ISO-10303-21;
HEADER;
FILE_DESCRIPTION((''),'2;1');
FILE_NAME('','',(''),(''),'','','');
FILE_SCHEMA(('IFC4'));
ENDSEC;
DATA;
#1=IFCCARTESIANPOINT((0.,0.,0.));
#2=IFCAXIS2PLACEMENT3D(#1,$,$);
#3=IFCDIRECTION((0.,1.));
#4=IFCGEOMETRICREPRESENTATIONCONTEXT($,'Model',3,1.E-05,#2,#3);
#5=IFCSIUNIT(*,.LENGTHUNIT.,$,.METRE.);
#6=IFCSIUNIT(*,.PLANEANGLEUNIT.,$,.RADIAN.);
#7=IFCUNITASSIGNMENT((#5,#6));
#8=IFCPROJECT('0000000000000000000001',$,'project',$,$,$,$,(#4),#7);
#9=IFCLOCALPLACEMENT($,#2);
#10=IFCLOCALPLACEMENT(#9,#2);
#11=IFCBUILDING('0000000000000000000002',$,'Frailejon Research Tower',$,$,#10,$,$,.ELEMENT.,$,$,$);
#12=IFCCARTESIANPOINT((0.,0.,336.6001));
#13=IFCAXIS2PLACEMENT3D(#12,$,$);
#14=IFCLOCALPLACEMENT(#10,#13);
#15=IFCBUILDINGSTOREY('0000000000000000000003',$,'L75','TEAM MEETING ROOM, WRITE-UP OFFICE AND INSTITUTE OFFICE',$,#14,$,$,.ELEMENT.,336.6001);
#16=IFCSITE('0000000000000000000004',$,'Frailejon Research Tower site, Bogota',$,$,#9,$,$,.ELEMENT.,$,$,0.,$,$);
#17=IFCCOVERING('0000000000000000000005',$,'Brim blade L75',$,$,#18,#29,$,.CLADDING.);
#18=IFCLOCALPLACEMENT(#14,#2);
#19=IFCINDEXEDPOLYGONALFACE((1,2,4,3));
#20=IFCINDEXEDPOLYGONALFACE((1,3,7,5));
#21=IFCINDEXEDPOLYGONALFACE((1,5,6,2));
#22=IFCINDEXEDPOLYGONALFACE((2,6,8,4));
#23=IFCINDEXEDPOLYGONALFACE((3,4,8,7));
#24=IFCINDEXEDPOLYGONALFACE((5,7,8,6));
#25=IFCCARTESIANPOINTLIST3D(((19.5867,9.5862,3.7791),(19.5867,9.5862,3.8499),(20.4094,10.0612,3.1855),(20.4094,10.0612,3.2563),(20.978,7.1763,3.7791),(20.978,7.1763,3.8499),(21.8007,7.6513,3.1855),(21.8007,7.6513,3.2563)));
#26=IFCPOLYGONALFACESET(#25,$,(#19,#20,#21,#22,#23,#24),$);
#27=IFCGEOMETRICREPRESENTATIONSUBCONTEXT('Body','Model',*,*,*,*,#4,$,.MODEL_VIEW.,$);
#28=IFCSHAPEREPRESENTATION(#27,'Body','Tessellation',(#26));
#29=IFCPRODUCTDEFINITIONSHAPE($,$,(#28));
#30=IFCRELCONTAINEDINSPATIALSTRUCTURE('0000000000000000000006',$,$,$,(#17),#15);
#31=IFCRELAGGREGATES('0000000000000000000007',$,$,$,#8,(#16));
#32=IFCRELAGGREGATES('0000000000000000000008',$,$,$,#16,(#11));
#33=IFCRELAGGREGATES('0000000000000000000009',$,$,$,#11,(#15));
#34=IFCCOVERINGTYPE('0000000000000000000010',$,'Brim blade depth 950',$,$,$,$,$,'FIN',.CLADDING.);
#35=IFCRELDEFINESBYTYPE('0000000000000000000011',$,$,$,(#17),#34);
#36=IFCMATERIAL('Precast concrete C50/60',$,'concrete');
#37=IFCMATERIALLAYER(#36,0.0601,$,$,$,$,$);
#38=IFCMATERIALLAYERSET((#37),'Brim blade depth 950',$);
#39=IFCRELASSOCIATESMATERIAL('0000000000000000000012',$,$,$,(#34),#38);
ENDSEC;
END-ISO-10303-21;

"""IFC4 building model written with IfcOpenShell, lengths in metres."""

from ifc_helpers import new_model, si_unit, direction, frame, origin, place, context, subcontext, project, spatial, polyline, outline, extrude, material, layer, layer_set, type_object, element, save


model = new_model("IFC4")

# Units and contexts
model_context = context("Model", 3, precision=1e-05, world=origin(), true_north=direction((0.0, 1.0)))
body_context = subcontext(model_context, "Body", "Model", "MODEL_VIEW")
ifc_project = project(units=[si_unit("LENGTHUNIT", "METRE"), si_unit("PLANEANGLEUNIT", "RADIAN")], contexts=[model_context])

# Site, building, storey
site_placement = place(None, origin())
site = spatial("IfcSite", under=ifc_project, at=site_placement, Name="Frailejon Research Tower site, Bogota", CompositionType="ELEMENT", RefElevation=0.0)
building_placement = place(site_placement, origin())
building = spatial("IfcBuilding", under=site, at=building_placement, Name="Frailejon Research Tower", CompositionType="ELEMENT")
storey_placement = place(building_placement, frame((0.0, 0.0, 336.6001)))
storey = spatial("IfcBuildingStorey", under=building, at=storey_placement, Name="L75", Description="TEAM MEETING ROOM, WRITE-UP OFFICE AND INSTITUTE OFFICE", CompositionType="ELEMENT", Elevation=336.6001)

# Covering
ifc_material_1 = material(Name="Precast concrete C50/60", Category="concrete")
ifc_layer_1 = layer(ifc_material_1, 0.0601)
ifc_layer_set_1 = layer_set([ifc_layer_1], Name="Brim blade depth 950")
covering_type_1 = type_object("IfcCoveringType", Name="Brim blade depth 950", ElementType="FIN", PredefinedType="CLADDING", material=ifc_layer_set_1)
covering_1_placement = place(storey_placement, frame((19.5867, 9.5862, 3.8499), z_axis=(0.500001, -0.866025, 0.0), x_axis=(0.866025, 0.500001, 0.0)))
element("IfcCovering", 1, at=covering_1_placement, inside=storey, type_object=covering_type_1, Name="Brim blade L75", PredefinedType="CLADDING", context=body_context, shape_type="SweptSolid", body=[
    extrude(outline(polyline([(0.0, -0.0708), (0.95, -0.6643), (0.95, -0.5935), (0.0, 0.0), (0.0, -0.0708)])), origin(), (0.0, 0.0, 1.0), 2.7827),
])

save(model, "model.ifc")
